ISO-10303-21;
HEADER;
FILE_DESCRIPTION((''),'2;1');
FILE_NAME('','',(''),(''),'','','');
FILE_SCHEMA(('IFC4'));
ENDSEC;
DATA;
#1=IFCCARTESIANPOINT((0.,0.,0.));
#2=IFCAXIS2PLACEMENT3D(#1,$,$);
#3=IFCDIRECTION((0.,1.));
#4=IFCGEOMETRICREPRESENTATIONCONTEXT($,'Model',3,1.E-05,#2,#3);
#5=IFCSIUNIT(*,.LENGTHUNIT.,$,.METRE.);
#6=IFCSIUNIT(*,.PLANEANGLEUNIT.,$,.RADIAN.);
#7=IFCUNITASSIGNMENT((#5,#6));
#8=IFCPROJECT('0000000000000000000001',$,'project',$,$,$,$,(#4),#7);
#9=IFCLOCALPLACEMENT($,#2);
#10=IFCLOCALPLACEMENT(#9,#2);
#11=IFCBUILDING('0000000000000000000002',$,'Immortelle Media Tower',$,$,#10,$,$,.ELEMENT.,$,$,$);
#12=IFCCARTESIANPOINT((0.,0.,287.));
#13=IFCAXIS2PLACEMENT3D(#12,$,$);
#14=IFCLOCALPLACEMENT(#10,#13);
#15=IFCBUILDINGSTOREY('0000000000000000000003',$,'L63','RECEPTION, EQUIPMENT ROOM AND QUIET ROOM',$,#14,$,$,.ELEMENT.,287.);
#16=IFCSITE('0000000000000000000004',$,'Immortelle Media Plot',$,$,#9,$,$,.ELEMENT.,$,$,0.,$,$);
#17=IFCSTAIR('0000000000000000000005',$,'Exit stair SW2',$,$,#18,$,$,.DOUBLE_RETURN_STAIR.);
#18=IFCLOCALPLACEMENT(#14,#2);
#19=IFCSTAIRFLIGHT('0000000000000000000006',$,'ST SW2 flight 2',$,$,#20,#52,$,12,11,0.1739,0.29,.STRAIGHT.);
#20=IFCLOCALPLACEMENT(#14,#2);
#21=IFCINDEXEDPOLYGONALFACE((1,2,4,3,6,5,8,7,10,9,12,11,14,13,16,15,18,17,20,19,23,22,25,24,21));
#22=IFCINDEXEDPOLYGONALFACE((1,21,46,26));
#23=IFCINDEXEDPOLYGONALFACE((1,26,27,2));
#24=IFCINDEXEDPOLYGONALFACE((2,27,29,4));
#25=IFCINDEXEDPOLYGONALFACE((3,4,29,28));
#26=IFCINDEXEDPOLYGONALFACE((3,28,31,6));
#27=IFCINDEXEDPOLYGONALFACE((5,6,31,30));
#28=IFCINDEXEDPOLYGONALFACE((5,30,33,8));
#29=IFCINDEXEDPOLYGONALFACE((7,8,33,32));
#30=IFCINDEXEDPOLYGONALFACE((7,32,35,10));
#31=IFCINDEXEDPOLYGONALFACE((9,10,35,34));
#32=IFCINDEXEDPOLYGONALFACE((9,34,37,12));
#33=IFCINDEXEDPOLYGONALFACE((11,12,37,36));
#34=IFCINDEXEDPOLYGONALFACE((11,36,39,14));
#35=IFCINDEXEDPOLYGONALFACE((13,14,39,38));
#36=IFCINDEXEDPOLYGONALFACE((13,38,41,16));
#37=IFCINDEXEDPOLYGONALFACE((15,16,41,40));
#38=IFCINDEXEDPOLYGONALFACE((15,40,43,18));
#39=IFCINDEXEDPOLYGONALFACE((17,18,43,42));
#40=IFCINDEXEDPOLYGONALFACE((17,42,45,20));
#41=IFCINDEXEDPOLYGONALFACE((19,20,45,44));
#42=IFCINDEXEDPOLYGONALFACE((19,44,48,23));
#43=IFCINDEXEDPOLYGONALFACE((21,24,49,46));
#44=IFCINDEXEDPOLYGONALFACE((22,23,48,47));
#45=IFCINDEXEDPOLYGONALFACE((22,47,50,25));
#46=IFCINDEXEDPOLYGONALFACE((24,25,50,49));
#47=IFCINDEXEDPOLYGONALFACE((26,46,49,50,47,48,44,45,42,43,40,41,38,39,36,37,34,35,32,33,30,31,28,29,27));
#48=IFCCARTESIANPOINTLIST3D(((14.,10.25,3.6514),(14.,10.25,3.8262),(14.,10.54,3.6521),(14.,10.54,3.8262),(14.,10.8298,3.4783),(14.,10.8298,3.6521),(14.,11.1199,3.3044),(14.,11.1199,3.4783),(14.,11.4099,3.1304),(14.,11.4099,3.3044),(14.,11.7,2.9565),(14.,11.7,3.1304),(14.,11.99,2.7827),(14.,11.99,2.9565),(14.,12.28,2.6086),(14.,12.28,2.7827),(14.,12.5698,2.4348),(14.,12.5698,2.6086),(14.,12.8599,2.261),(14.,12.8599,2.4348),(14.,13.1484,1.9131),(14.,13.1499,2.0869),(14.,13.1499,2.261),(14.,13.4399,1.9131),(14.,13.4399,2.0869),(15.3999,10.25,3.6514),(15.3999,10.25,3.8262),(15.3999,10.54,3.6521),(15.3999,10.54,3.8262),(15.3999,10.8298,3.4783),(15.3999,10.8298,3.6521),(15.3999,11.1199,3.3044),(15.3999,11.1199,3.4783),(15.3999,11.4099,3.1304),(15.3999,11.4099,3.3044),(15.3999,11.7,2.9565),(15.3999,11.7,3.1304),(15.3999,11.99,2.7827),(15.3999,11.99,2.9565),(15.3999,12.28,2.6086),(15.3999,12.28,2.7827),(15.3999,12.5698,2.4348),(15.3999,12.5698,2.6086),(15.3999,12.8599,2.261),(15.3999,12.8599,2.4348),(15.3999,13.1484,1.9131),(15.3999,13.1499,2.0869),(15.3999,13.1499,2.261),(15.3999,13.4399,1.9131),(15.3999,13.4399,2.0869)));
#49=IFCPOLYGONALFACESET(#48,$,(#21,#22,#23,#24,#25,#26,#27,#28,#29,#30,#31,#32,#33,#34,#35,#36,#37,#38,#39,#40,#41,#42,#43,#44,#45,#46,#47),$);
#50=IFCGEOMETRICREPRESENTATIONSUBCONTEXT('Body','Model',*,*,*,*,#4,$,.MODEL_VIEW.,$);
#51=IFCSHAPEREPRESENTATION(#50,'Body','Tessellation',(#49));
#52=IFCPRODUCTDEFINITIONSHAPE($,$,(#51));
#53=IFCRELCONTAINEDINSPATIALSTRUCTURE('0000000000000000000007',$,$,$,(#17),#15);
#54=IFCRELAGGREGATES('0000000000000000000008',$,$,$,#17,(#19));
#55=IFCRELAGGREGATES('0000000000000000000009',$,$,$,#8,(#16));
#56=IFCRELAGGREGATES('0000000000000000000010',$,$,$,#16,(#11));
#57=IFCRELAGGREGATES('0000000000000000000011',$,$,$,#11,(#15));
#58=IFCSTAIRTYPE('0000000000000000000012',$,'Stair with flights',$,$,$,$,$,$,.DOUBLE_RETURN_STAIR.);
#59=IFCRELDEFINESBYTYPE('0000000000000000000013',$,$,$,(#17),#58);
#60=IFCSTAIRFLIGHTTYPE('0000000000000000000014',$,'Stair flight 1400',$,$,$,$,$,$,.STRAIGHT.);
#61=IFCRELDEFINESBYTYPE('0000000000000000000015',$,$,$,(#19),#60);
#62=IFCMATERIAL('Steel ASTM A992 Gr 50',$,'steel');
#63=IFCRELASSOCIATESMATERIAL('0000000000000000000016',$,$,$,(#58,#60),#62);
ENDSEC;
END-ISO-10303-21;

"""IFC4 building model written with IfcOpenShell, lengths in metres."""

from ifc_helpers import new_model, si_unit, direction, frame, origin, place, context, subcontext, project, spatial, polyline, outline, extrude, material, type_object, element, aggregate, save


model = new_model("IFC4")

# Units and contexts
model_context = context("Model", 3, precision=1e-05, world=origin(), true_north=direction((0.0, 1.0)))
body_context = subcontext(model_context, "Body", "Model", "MODEL_VIEW")
ifc_project = project(units=[si_unit("LENGTHUNIT", "METRE"), si_unit("PLANEANGLEUNIT", "RADIAN")], contexts=[model_context])

# Site, building, storey
site_placement = place(None, origin())
site = spatial("IfcSite", under=ifc_project, at=site_placement, Name="Immortelle Media Plot", CompositionType="ELEMENT", RefElevation=0.0)
building_placement = place(site_placement, origin())
building = spatial("IfcBuilding", under=site, at=building_placement, Name="Immortelle Media Tower", CompositionType="ELEMENT")
storey_placement = place(building_placement, frame((0.0, 0.0, 287.0)))
storey = spatial("IfcBuildingStorey", under=building, at=storey_placement, Name="L63", Description="RECEPTION, EQUIPMENT ROOM AND QUIET ROOM", CompositionType="ELEMENT", Elevation=287.0)

# Shared definitions
ifc_material_1 = material(Name="Steel ASTM A992 Gr 50", Category="steel")

# Stair, stair flight
stair_type = type_object("IfcStairType", Name="Stair with flights", PredefinedType="DOUBLE_RETURN_STAIR", material=ifc_material_1)
stair_flight_type = type_object("IfcStairFlightType", Name="Stair flight 1400", PredefinedType="STRAIGHT", material=ifc_material_1)
stair_1_placement = place(storey_placement, origin())
stair_1 = element("IfcStair", 1, at=stair_1_placement, inside=storey, type_object=stair_type, Name="Exit stair SW2", PredefinedType="DOUBLE_RETURN_STAIR")
stair_flight_1_placement = place(storey_placement, frame((14.7, 13.4399, 1.9131), z_axis=(0.0, 0.0, 1.0), x_axis=(0.0, -1.0, 0.0)))
stair_flight_1 = element("IfcStairFlight", 2, at=stair_flight_1_placement, type_object=stair_flight_type, Name="ST SW2 flight 2", NumberOfRisers=12, NumberOfTreads=11, PredefinedType="STRAIGHT", RiserHeight=0.1739, TreadLength=0.29, context=body_context, shape_type="SweptSolid", body=[
    extrude(outline(polyline([(0.0, 0.0), (0.0, 0.1738), (0.29, 0.1738), (0.29, 0.3479), (0.5801, 0.3479), (0.5801, 0.5217), (0.8701, 0.5217), (0.8701, 0.6956), (1.1599, 0.6956), (1.1599, 0.8696), (1.45, 0.8696), (1.45, 1.0435), (1.74, 1.0435), (1.74, 1.2173), (2.03, 1.2173), (2.03, 1.3914), (2.3201, 1.3914), (2.3201, 1.5652), (2.6101, 1.5652), (2.6101, 1.739), (2.8999, 1.739), (2.8999, 1.9131), (3.1899, 1.9131), (3.1899, 2.0869), (3.1899, 1.7383), (0.2915, 0.0), (0.0, 0.0)])), frame((0.0, 0.7, 0.0), z_axis=(0.0, -1.0, 0.0), x_axis=(1.0, 0.0, 0.0)), (0.0, 0.0, 1.0), 1.3999),
])
aggregate(stair_1, [stair_flight_1])

save(model, "model.ifc")
